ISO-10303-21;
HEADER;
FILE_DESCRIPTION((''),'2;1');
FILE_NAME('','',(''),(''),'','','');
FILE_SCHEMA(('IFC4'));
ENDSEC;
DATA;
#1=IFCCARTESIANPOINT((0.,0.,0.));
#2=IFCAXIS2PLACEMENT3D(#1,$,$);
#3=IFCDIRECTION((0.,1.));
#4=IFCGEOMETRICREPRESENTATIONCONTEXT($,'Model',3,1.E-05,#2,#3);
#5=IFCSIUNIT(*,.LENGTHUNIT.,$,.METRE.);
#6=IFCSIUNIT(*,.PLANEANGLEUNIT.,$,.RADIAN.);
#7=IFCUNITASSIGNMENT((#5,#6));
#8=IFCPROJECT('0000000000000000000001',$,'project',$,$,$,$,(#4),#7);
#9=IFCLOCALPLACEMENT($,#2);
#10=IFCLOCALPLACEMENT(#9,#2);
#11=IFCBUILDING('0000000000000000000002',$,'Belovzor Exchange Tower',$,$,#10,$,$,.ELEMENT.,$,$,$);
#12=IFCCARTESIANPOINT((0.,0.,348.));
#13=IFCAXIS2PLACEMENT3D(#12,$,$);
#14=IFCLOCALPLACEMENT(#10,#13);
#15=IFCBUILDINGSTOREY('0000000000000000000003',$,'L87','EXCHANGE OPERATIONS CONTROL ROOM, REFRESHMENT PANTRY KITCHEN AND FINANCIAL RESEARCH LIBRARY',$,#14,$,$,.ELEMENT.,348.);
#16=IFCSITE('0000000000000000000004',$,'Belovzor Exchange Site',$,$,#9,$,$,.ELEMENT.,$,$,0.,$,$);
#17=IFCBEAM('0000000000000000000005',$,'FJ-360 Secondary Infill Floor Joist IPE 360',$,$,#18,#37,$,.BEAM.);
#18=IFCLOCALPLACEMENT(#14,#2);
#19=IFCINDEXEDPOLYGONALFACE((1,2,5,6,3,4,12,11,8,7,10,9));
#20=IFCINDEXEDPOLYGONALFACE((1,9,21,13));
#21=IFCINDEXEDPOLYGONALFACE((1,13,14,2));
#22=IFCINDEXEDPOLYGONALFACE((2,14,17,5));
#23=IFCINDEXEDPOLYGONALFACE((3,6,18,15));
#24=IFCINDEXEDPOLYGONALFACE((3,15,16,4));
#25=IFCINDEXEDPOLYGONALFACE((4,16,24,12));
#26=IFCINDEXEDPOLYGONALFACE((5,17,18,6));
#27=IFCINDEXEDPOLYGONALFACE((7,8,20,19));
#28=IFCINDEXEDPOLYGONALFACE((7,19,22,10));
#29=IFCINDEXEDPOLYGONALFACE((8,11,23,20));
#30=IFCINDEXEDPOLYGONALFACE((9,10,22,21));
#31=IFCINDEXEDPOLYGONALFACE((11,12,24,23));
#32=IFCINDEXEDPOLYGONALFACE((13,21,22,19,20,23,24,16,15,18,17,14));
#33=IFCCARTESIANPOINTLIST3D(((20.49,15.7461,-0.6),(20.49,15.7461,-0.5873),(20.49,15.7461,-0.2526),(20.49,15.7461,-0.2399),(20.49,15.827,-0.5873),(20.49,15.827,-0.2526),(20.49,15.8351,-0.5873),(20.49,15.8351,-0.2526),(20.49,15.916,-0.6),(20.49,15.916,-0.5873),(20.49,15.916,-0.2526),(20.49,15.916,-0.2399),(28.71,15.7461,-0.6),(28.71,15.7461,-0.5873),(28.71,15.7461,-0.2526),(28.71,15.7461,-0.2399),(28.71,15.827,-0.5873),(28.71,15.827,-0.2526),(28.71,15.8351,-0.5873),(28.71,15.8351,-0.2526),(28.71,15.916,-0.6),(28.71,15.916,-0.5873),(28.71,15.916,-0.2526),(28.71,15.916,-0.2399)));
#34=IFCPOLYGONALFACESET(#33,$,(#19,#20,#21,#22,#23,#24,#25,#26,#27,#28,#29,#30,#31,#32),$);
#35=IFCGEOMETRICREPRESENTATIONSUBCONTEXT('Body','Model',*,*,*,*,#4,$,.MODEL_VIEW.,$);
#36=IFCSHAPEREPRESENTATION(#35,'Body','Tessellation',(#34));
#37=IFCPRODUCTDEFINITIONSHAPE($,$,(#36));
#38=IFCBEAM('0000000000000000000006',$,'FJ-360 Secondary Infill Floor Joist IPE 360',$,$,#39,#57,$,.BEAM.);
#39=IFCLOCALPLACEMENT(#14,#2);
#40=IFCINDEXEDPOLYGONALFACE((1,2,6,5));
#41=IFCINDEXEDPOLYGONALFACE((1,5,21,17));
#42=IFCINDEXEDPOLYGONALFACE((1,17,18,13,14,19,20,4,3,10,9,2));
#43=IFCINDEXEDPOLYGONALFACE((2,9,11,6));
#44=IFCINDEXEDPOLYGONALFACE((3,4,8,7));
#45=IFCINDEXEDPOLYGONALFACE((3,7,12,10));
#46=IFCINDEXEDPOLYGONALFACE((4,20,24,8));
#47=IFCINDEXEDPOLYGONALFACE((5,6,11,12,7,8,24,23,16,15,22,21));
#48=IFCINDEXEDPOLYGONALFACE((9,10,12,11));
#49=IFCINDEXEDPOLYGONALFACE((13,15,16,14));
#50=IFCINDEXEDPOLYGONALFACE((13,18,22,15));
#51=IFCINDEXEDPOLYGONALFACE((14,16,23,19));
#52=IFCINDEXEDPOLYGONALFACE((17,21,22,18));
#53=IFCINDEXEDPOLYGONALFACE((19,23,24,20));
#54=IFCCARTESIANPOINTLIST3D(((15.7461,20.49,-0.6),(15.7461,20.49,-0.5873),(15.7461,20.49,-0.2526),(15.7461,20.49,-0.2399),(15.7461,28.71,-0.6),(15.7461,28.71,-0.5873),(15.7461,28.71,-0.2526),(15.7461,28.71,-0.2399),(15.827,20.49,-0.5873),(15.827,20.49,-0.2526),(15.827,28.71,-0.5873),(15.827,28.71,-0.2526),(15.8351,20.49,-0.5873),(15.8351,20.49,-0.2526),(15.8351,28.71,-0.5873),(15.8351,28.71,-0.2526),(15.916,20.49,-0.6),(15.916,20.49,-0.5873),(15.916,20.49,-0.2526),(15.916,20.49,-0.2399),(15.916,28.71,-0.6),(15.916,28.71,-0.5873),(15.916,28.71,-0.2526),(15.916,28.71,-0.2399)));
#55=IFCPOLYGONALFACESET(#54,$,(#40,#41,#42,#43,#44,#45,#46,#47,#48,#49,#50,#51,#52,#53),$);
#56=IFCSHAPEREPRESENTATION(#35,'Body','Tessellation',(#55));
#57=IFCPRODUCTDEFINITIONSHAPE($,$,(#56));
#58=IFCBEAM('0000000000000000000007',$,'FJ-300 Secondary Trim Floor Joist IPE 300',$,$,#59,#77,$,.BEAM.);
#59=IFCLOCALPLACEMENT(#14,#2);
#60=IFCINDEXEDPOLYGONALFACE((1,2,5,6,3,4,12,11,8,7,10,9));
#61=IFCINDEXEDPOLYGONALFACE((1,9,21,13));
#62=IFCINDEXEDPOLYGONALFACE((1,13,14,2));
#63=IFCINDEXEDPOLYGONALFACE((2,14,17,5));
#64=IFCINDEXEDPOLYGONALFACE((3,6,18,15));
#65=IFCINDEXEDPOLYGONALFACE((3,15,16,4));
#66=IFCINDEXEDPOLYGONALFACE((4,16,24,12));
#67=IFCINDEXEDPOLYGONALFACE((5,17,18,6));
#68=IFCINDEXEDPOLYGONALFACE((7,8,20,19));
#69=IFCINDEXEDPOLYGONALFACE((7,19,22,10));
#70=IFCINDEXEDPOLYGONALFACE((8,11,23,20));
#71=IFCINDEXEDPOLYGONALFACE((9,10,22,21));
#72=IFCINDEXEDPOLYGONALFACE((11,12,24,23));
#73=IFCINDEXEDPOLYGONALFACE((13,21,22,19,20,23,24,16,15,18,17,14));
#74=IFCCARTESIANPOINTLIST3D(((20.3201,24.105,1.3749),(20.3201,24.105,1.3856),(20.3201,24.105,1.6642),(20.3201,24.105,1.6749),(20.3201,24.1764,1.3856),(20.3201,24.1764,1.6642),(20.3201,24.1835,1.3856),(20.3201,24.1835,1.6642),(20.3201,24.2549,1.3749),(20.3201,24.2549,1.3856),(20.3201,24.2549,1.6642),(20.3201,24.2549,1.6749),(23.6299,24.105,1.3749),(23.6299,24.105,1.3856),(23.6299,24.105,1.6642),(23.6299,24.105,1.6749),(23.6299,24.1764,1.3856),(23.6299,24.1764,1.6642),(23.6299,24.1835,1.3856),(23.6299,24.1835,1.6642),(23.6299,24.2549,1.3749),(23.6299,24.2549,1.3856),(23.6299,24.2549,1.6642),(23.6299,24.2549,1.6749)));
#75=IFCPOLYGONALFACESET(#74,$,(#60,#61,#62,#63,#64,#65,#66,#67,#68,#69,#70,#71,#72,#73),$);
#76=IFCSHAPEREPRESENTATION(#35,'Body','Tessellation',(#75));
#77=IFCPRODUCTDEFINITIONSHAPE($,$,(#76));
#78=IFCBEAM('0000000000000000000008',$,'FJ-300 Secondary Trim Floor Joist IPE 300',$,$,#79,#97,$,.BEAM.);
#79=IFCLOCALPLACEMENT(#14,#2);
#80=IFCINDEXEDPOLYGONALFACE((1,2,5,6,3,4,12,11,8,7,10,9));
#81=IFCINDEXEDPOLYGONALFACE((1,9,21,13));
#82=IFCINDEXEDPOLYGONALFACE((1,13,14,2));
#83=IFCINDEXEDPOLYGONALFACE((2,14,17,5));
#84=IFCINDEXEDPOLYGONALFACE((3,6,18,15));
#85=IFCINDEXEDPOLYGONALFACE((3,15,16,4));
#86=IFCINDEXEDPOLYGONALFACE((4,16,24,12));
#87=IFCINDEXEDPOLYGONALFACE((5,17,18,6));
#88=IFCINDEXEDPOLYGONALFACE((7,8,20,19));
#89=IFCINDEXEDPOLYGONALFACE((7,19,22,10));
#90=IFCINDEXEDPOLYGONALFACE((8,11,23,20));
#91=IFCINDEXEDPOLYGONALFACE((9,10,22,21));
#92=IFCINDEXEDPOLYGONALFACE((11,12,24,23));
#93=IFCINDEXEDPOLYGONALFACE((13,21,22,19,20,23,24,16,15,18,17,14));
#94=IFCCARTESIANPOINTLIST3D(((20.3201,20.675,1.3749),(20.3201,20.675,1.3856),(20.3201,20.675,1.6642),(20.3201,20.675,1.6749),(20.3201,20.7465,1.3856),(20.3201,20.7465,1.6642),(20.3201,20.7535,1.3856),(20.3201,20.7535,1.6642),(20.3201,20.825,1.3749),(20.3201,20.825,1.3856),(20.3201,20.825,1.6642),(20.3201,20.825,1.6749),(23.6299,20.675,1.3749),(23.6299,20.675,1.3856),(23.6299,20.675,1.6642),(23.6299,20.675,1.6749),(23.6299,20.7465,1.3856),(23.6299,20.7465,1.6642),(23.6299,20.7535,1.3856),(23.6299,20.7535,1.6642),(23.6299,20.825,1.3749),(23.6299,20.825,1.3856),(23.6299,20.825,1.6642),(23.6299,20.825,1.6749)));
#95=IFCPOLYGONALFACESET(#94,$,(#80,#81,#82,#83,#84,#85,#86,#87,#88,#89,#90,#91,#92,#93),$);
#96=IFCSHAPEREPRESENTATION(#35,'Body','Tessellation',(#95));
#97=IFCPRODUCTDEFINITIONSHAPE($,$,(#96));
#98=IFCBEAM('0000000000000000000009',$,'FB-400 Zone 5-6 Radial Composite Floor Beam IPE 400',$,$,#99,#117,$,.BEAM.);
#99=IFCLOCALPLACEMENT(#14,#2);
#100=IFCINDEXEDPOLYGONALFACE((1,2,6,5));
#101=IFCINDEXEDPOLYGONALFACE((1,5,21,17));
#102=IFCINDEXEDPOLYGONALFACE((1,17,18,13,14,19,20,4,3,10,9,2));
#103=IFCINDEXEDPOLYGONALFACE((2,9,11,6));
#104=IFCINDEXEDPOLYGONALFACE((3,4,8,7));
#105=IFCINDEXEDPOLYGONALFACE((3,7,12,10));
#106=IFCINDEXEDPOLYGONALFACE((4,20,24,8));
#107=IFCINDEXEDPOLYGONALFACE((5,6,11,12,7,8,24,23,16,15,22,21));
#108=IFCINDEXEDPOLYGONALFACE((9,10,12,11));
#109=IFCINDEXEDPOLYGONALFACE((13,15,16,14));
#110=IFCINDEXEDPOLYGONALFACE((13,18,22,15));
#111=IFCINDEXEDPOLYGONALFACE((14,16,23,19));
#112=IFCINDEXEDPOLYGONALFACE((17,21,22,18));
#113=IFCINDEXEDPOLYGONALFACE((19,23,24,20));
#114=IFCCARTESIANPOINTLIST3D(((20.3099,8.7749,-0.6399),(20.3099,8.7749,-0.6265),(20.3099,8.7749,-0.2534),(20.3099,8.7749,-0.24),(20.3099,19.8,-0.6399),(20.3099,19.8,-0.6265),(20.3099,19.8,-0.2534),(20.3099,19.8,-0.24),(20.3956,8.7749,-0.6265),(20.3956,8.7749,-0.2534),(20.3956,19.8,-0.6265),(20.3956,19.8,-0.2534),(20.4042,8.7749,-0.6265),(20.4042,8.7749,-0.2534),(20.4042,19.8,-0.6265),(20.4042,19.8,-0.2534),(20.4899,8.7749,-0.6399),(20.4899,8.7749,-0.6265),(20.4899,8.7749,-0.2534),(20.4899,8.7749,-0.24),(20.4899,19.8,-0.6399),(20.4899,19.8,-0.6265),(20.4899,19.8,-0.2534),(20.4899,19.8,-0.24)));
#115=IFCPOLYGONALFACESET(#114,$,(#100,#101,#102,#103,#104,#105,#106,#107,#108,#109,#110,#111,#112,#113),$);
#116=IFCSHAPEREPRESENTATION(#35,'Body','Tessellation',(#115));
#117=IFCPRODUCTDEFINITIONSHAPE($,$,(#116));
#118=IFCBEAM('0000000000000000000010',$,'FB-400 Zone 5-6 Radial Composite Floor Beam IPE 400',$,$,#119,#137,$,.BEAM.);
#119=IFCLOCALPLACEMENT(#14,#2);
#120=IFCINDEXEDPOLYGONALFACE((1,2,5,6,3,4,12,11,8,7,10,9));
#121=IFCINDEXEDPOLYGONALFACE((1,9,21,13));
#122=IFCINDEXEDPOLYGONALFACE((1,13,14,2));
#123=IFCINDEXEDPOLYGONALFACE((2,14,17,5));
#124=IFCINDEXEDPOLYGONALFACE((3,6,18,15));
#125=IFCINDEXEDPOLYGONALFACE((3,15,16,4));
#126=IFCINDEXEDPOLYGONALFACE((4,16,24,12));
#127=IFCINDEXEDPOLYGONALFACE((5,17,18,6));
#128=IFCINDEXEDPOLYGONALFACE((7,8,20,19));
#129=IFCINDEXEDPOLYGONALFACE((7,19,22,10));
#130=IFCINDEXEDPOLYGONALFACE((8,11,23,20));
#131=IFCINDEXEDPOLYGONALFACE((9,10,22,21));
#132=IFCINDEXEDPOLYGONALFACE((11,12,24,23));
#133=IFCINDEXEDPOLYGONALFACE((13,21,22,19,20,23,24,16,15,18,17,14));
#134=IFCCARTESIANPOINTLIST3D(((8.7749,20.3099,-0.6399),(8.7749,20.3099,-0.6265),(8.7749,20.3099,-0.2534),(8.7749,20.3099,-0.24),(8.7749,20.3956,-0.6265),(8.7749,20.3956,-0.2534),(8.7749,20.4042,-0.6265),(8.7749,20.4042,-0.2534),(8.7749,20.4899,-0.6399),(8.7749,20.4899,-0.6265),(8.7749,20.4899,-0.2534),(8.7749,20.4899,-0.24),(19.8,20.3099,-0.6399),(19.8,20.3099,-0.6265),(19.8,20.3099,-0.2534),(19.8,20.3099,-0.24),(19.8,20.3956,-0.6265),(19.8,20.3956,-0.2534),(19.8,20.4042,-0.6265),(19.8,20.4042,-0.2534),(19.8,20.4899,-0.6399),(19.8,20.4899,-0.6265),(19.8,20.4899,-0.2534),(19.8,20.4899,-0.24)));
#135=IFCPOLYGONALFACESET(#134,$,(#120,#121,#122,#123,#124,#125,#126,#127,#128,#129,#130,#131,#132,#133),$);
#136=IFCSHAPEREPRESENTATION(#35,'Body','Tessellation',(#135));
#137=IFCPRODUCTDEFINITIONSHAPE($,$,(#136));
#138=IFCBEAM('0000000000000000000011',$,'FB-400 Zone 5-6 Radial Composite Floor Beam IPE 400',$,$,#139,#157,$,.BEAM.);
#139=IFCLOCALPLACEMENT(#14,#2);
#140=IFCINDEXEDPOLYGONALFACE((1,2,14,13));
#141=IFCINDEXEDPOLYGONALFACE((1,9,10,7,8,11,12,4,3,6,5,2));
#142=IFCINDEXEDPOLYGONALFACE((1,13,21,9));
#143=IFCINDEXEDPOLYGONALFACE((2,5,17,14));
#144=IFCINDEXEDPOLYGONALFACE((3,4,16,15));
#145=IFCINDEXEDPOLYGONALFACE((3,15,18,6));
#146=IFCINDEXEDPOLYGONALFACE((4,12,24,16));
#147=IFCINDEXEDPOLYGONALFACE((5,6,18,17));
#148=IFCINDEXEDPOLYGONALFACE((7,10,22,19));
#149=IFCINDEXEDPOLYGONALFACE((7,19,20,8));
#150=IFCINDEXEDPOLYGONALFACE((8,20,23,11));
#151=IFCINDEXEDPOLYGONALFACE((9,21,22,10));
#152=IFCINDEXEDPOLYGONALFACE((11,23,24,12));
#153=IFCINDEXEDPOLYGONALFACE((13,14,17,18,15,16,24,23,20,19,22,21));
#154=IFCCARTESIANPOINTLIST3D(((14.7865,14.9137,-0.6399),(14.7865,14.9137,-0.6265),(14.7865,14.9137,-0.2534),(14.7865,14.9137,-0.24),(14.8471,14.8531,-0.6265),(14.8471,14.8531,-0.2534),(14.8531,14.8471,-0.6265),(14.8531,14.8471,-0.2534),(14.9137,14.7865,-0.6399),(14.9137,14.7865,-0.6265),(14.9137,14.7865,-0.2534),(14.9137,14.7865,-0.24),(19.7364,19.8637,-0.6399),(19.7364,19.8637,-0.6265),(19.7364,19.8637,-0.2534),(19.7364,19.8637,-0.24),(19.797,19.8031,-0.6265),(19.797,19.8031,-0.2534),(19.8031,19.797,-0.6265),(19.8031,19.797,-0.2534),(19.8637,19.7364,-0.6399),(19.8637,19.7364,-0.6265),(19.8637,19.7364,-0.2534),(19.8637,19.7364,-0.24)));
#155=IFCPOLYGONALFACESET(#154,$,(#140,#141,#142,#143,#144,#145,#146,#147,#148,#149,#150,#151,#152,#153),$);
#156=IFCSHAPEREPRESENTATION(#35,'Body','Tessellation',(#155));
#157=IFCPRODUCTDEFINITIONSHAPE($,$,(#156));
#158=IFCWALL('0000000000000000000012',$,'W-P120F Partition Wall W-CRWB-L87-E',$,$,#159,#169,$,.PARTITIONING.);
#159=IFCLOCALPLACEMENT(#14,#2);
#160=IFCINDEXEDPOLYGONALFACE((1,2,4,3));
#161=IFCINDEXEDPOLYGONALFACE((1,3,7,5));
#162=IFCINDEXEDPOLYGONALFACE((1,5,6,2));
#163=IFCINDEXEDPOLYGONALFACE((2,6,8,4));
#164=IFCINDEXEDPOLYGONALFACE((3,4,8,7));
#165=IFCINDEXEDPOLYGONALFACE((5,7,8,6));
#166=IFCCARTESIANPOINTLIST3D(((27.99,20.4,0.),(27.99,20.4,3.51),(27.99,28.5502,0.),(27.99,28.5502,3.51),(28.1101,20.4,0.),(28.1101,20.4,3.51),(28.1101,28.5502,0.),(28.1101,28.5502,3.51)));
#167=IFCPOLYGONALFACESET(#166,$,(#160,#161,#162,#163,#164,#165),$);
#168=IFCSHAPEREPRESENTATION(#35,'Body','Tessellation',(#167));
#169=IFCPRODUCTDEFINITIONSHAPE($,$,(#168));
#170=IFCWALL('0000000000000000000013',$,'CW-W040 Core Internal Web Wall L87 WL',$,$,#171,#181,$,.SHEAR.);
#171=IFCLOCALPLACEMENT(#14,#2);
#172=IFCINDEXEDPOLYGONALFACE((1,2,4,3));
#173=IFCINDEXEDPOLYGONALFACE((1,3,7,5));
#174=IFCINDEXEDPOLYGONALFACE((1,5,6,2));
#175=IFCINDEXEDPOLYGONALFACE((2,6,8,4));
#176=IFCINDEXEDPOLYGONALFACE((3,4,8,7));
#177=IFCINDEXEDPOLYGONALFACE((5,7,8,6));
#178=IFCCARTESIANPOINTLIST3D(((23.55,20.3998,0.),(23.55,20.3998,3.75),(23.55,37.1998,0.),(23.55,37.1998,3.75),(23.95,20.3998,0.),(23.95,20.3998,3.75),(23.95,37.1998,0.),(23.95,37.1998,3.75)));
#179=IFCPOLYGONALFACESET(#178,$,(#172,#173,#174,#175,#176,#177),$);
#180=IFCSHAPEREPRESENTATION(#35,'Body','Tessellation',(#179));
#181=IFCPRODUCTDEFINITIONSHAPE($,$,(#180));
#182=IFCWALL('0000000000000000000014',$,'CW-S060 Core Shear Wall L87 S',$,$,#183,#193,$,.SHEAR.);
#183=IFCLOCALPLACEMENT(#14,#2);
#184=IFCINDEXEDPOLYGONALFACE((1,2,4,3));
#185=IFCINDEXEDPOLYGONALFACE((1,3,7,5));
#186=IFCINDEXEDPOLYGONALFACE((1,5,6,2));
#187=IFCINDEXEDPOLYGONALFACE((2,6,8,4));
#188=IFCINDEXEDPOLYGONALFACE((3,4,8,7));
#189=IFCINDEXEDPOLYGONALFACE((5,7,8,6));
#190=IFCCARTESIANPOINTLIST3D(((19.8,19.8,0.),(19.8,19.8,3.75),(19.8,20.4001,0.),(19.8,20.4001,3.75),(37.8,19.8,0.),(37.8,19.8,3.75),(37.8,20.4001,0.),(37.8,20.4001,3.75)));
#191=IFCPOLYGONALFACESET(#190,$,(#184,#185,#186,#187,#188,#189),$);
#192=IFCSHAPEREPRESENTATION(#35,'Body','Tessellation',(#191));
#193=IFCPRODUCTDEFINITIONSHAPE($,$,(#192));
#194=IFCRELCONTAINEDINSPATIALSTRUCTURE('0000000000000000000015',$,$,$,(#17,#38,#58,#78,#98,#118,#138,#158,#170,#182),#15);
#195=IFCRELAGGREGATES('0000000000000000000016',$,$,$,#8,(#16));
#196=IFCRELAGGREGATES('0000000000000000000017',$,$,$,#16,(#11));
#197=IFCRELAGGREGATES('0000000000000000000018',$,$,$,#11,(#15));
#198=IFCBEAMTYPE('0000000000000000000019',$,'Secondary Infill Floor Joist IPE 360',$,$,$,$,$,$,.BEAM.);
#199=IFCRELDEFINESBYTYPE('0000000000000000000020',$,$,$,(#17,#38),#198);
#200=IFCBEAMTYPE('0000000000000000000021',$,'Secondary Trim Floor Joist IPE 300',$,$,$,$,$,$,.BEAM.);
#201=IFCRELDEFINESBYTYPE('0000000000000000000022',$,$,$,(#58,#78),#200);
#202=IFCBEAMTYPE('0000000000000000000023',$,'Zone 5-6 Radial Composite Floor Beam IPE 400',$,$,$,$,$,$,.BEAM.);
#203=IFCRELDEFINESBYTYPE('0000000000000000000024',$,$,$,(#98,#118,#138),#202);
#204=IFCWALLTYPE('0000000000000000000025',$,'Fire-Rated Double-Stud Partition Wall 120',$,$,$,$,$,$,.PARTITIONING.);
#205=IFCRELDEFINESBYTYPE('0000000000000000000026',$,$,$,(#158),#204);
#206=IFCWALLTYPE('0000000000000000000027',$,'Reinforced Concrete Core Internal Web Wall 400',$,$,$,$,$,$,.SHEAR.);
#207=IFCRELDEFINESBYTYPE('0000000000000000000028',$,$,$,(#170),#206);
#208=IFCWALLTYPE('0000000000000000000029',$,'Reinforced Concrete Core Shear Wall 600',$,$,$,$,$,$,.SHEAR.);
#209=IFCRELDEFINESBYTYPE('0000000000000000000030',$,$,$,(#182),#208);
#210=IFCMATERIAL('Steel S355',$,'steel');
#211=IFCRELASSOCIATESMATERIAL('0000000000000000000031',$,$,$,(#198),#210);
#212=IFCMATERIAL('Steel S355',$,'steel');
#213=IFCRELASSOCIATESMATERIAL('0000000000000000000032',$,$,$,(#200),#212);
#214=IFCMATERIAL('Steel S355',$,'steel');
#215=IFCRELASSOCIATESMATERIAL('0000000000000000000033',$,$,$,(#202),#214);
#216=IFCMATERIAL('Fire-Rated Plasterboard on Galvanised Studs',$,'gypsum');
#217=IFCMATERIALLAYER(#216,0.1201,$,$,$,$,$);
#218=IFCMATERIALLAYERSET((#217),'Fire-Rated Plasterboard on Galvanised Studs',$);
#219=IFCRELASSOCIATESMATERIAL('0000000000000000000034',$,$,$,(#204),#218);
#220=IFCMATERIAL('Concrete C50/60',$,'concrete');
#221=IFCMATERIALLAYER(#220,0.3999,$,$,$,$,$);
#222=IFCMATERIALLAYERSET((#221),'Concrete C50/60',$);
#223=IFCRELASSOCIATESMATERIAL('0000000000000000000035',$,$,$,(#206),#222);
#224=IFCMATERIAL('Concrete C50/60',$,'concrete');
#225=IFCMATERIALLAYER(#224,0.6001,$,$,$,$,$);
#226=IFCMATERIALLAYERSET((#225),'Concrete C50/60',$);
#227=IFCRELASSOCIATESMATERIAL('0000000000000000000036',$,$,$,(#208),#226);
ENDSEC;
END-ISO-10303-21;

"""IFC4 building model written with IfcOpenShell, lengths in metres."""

from ifc_helpers import new_model, si_unit, direction, frame, frame_2d, origin, origin_2d, place, context, subcontext, project, spatial, rectangle, i_section, extrude, material, layer, layer_set, material_profile, profile_set, type_object, element, save


model = new_model("IFC4")

# Units and contexts
model_context = context("Model", 3, precision=1e-05, world=origin(), true_north=direction((0.0, 1.0)))
body_context = subcontext(model_context, "Body", "Model", "MODEL_VIEW")
ifc_project = project(units=[si_unit("LENGTHUNIT", "METRE"), si_unit("PLANEANGLEUNIT", "RADIAN")], contexts=[model_context])

# Site, building, storey
site_placement = place(None, origin())
site = spatial("IfcSite", under=ifc_project, at=site_placement, Name="Belovzor Exchange Site", CompositionType="ELEMENT", RefElevation=0.0)
building_placement = place(site_placement, origin())
building = spatial("IfcBuilding", under=site, at=building_placement, Name="Belovzor Exchange Tower", CompositionType="ELEMENT")
storey_placement = place(building_placement, frame((0.0, 0.0, 348.0)))
storey = spatial("IfcBuildingStorey", under=building, at=storey_placement, Name="L87", Description="EXCHANGE OPERATIONS CONTROL ROOM, REFRESHMENT PANTRY KITCHEN AND FINANCIAL RESEARCH LIBRARY", CompositionType="ELEMENT", Elevation=348.0)

# Beams
ifc_material_1 = material(Name="Steel S355", Category="steel")
ifc_material_profile_1 = material_profile(ifc_material_1, i_section(OverallWidth=0.1699, OverallDepth=0.3601, WebThickness=0.0081, FlangeThickness=0.0127, at=origin_2d()))
ifc_profile_set_1 = profile_set([ifc_material_profile_1], Name="Steel S355")
beam_type_1 = type_object("IfcBeamType", Name="Secondary Infill Floor Joist IPE 360", PredefinedType="BEAM", material=ifc_profile_set_1)
for number, where, z_axis, x_axis, name in (
    (1, (20.49, 15.8311, -0.4199), (1.0, 0.0, 0.0), (0.0, 1.0, 0.0), "FJ-360 Secondary Infill Floor Joist IPE 360"),
    (2, (15.8311, 20.49, -0.4199), (0.0, 1.0, 0.0), (-1.0, 0.0, 0.0), "FJ-360 Secondary Infill Floor Joist IPE 360"),
):
    element("IfcBeam", number, at=place(storey_placement, frame(where, z_axis=z_axis, x_axis=x_axis)), inside=storey, type_object=beam_type_1, Name=name, PredefinedType="BEAM", context=body_context, shape_type="SweptSolid", body=[
        extrude(i_section(OverallWidth=0.1699, OverallDepth=0.3601, WebThickness=0.0081, FlangeThickness=0.0127, at=origin_2d()), origin(), (0.0, 0.0, 1.0), 8.22),
    ])
ifc_material_2 = material(Name="Steel S355", Category="steel")
ifc_material_profile_2 = material_profile(ifc_material_2, i_section(OverallWidth=0.1499, OverallDepth=0.3, WebThickness=0.0071, FlangeThickness=0.0107, at=origin_2d()))
ifc_profile_set_2 = profile_set([ifc_material_profile_2], Name="Steel S355")
beam_type_2 = type_object("IfcBeamType", Name="Secondary Trim Floor Joist IPE 300", PredefinedType="BEAM", material=ifc_profile_set_2)
for number, where, z_axis, x_axis, name in (
    (3, (20.3201, 24.1799, 1.5249), (1.0, 0.0, 0.0), (0.0, 1.0, 0.0), "FJ-300 Secondary Trim Floor Joist IPE 300"),
    (4, (20.3201, 20.75, 1.5249), (1.0, 0.0, 0.0), (0.0, 1.0, 0.0), "FJ-300 Secondary Trim Floor Joist IPE 300"),
):
    element("IfcBeam", number, at=place(storey_placement, frame(where, z_axis=z_axis, x_axis=x_axis)), inside=storey, type_object=beam_type_2, Name=name, PredefinedType="BEAM", context=body_context, shape_type="SweptSolid", body=[
        extrude(i_section(OverallWidth=0.1499, OverallDepth=0.3, WebThickness=0.0071, FlangeThickness=0.0107, at=origin_2d()), origin(), (0.0, 0.0, 1.0), 3.3098),
    ])
ifc_material_3 = material(Name="Steel S355", Category="steel")
ifc_material_profile_3 = material_profile(ifc_material_3, i_section(OverallWidth=0.1799, OverallDepth=0.3999, WebThickness=0.0085, FlangeThickness=0.0134, at=origin_2d()))
ifc_profile_set_3 = profile_set([ifc_material_profile_3], Name="Steel S355")
beam_type_3 = type_object("IfcBeamType", Name="Zone 5-6 Radial Composite Floor Beam IPE 400", PredefinedType="BEAM", material=ifc_profile_set_3)
for number, where, z_axis, x_axis, name in (
    (5, (20.3999, 19.8, -0.4399), (0.0, -1.0, 0.0), (1.0, 0.0, 0.0), "FB-400 Zone 5-6 Radial Composite Floor Beam IPE 400"),
    (6, (19.8, 20.3999, -0.4399), (-1.0, 0.0, 0.0), (0.0, -1.0, 0.0), "FB-400 Zone 5-6 Radial Composite Floor Beam IPE 400"),
):
    element("IfcBeam", number, at=place(storey_placement, frame(where, z_axis=z_axis, x_axis=x_axis)), inside=storey, type_object=beam_type_3, Name=name, PredefinedType="BEAM", context=body_context, shape_type="SweptSolid", body=[
        extrude(i_section(OverallWidth=0.1799, OverallDepth=0.3999, WebThickness=0.0085, FlangeThickness=0.0134, at=origin_2d()), origin(), (0.0, 0.0, 1.0), 11.0251),
    ])
beam_placement = place(storey_placement, frame((19.8, 19.8, -0.4399), z_axis=(-0.707107, -0.707107, 0.0), x_axis=(0.707107, -0.707107, 0.0)))
element("IfcBeam", 7, at=beam_placement, inside=storey, type_object=beam_type_3, Name="FB-400 Zone 5-6 Radial Composite Floor Beam IPE 400", PredefinedType="BEAM", context=body_context, shape_type="SweptSolid", body=[
    extrude(i_section(OverallWidth=0.1799, OverallDepth=0.3999, WebThickness=0.0085, FlangeThickness=0.0134, at=origin_2d()), origin(), (0.0, 0.0, 1.0), 7.0002),
])

# Walls
ifc_material_4 = material(Name="Fire-Rated Plasterboard on Galvanised Studs", Category="gypsum")
ifc_layer_1 = layer(ifc_material_4, 0.1201)
ifc_layer_set_1 = layer_set([ifc_layer_1], Name="Fire-Rated Plasterboard on Galvanised Studs")
wall_type_1 = type_object("IfcWallType", Name="Fire-Rated Double-Stud Partition Wall 120", PredefinedType="PARTITIONING", material=ifc_layer_set_1)
wall_1_placement = place(storey_placement, frame((28.05, 20.3999, 0.0), z_axis=(0.0, 0.0, 1.0), x_axis=(0.0, 1.0, 0.0)))
element("IfcWall", 8, at=wall_1_placement, inside=storey, type_object=wall_type_1, Name="W-P120F Partition Wall W-CRWB-L87-E", PredefinedType="PARTITIONING", context=body_context, shape_type="SweptSolid", body=[
    extrude(rectangle(XDim=8.1501, YDim=0.1201, at=frame_2d((4.0752, 0.0))), origin(), (0.0, 0.0, 1.0), 3.51),
])
ifc_material_5 = material(Name="Concrete C50/60", Category="concrete")
ifc_layer_2 = layer(ifc_material_5, 0.3999)
ifc_layer_set_2 = layer_set([ifc_layer_2], Name="Concrete C50/60")
wall_type_2 = type_object("IfcWallType", Name="Reinforced Concrete Core Internal Web Wall 400", PredefinedType="SHEAR", material=ifc_layer_set_2)
wall_2_placement = place(storey_placement, frame((23.75, 20.3999, 0.0), z_axis=(0.0, 0.0, 1.0), x_axis=(0.0, 1.0, 0.0)))
element("IfcWall", 9, at=wall_2_placement, inside=storey, type_object=wall_type_2, Name="CW-W040 Core Internal Web Wall L87 WL", PredefinedType="SHEAR", context=body_context, shape_type="SweptSolid", body=[
    extrude(rectangle(XDim=16.8, YDim=0.3999, at=frame_2d((8.3999, 0.0))), origin(), (0.0, 0.0, 1.0), 3.75),
])
ifc_material_6 = material(Name="Concrete C50/60", Category="concrete")
ifc_layer_3 = layer(ifc_material_6, 0.6001)
ifc_layer_set_3 = layer_set([ifc_layer_3], Name="Concrete C50/60")
wall_type_3 = type_object("IfcWallType", Name="Reinforced Concrete Core Shear Wall 600", PredefinedType="SHEAR", material=ifc_layer_set_3)
wall_3_placement = place(storey_placement, frame((19.8, 20.1001, 0.0), z_axis=(0.0, 0.0, 1.0), x_axis=(1.0, 0.0, 0.0)))
element("IfcWall", 10, at=wall_3_placement, inside=storey, type_object=wall_type_3, Name="CW-S060 Core Shear Wall L87 S", PredefinedType="SHEAR", context=body_context, shape_type="SweptSolid", body=[
    extrude(rectangle(XDim=18.0, YDim=0.6001, at=frame_2d((9.0, 0.0))), origin(), (0.0, 0.0, 1.0), 3.75),
])

save(model, "model.ifc")
